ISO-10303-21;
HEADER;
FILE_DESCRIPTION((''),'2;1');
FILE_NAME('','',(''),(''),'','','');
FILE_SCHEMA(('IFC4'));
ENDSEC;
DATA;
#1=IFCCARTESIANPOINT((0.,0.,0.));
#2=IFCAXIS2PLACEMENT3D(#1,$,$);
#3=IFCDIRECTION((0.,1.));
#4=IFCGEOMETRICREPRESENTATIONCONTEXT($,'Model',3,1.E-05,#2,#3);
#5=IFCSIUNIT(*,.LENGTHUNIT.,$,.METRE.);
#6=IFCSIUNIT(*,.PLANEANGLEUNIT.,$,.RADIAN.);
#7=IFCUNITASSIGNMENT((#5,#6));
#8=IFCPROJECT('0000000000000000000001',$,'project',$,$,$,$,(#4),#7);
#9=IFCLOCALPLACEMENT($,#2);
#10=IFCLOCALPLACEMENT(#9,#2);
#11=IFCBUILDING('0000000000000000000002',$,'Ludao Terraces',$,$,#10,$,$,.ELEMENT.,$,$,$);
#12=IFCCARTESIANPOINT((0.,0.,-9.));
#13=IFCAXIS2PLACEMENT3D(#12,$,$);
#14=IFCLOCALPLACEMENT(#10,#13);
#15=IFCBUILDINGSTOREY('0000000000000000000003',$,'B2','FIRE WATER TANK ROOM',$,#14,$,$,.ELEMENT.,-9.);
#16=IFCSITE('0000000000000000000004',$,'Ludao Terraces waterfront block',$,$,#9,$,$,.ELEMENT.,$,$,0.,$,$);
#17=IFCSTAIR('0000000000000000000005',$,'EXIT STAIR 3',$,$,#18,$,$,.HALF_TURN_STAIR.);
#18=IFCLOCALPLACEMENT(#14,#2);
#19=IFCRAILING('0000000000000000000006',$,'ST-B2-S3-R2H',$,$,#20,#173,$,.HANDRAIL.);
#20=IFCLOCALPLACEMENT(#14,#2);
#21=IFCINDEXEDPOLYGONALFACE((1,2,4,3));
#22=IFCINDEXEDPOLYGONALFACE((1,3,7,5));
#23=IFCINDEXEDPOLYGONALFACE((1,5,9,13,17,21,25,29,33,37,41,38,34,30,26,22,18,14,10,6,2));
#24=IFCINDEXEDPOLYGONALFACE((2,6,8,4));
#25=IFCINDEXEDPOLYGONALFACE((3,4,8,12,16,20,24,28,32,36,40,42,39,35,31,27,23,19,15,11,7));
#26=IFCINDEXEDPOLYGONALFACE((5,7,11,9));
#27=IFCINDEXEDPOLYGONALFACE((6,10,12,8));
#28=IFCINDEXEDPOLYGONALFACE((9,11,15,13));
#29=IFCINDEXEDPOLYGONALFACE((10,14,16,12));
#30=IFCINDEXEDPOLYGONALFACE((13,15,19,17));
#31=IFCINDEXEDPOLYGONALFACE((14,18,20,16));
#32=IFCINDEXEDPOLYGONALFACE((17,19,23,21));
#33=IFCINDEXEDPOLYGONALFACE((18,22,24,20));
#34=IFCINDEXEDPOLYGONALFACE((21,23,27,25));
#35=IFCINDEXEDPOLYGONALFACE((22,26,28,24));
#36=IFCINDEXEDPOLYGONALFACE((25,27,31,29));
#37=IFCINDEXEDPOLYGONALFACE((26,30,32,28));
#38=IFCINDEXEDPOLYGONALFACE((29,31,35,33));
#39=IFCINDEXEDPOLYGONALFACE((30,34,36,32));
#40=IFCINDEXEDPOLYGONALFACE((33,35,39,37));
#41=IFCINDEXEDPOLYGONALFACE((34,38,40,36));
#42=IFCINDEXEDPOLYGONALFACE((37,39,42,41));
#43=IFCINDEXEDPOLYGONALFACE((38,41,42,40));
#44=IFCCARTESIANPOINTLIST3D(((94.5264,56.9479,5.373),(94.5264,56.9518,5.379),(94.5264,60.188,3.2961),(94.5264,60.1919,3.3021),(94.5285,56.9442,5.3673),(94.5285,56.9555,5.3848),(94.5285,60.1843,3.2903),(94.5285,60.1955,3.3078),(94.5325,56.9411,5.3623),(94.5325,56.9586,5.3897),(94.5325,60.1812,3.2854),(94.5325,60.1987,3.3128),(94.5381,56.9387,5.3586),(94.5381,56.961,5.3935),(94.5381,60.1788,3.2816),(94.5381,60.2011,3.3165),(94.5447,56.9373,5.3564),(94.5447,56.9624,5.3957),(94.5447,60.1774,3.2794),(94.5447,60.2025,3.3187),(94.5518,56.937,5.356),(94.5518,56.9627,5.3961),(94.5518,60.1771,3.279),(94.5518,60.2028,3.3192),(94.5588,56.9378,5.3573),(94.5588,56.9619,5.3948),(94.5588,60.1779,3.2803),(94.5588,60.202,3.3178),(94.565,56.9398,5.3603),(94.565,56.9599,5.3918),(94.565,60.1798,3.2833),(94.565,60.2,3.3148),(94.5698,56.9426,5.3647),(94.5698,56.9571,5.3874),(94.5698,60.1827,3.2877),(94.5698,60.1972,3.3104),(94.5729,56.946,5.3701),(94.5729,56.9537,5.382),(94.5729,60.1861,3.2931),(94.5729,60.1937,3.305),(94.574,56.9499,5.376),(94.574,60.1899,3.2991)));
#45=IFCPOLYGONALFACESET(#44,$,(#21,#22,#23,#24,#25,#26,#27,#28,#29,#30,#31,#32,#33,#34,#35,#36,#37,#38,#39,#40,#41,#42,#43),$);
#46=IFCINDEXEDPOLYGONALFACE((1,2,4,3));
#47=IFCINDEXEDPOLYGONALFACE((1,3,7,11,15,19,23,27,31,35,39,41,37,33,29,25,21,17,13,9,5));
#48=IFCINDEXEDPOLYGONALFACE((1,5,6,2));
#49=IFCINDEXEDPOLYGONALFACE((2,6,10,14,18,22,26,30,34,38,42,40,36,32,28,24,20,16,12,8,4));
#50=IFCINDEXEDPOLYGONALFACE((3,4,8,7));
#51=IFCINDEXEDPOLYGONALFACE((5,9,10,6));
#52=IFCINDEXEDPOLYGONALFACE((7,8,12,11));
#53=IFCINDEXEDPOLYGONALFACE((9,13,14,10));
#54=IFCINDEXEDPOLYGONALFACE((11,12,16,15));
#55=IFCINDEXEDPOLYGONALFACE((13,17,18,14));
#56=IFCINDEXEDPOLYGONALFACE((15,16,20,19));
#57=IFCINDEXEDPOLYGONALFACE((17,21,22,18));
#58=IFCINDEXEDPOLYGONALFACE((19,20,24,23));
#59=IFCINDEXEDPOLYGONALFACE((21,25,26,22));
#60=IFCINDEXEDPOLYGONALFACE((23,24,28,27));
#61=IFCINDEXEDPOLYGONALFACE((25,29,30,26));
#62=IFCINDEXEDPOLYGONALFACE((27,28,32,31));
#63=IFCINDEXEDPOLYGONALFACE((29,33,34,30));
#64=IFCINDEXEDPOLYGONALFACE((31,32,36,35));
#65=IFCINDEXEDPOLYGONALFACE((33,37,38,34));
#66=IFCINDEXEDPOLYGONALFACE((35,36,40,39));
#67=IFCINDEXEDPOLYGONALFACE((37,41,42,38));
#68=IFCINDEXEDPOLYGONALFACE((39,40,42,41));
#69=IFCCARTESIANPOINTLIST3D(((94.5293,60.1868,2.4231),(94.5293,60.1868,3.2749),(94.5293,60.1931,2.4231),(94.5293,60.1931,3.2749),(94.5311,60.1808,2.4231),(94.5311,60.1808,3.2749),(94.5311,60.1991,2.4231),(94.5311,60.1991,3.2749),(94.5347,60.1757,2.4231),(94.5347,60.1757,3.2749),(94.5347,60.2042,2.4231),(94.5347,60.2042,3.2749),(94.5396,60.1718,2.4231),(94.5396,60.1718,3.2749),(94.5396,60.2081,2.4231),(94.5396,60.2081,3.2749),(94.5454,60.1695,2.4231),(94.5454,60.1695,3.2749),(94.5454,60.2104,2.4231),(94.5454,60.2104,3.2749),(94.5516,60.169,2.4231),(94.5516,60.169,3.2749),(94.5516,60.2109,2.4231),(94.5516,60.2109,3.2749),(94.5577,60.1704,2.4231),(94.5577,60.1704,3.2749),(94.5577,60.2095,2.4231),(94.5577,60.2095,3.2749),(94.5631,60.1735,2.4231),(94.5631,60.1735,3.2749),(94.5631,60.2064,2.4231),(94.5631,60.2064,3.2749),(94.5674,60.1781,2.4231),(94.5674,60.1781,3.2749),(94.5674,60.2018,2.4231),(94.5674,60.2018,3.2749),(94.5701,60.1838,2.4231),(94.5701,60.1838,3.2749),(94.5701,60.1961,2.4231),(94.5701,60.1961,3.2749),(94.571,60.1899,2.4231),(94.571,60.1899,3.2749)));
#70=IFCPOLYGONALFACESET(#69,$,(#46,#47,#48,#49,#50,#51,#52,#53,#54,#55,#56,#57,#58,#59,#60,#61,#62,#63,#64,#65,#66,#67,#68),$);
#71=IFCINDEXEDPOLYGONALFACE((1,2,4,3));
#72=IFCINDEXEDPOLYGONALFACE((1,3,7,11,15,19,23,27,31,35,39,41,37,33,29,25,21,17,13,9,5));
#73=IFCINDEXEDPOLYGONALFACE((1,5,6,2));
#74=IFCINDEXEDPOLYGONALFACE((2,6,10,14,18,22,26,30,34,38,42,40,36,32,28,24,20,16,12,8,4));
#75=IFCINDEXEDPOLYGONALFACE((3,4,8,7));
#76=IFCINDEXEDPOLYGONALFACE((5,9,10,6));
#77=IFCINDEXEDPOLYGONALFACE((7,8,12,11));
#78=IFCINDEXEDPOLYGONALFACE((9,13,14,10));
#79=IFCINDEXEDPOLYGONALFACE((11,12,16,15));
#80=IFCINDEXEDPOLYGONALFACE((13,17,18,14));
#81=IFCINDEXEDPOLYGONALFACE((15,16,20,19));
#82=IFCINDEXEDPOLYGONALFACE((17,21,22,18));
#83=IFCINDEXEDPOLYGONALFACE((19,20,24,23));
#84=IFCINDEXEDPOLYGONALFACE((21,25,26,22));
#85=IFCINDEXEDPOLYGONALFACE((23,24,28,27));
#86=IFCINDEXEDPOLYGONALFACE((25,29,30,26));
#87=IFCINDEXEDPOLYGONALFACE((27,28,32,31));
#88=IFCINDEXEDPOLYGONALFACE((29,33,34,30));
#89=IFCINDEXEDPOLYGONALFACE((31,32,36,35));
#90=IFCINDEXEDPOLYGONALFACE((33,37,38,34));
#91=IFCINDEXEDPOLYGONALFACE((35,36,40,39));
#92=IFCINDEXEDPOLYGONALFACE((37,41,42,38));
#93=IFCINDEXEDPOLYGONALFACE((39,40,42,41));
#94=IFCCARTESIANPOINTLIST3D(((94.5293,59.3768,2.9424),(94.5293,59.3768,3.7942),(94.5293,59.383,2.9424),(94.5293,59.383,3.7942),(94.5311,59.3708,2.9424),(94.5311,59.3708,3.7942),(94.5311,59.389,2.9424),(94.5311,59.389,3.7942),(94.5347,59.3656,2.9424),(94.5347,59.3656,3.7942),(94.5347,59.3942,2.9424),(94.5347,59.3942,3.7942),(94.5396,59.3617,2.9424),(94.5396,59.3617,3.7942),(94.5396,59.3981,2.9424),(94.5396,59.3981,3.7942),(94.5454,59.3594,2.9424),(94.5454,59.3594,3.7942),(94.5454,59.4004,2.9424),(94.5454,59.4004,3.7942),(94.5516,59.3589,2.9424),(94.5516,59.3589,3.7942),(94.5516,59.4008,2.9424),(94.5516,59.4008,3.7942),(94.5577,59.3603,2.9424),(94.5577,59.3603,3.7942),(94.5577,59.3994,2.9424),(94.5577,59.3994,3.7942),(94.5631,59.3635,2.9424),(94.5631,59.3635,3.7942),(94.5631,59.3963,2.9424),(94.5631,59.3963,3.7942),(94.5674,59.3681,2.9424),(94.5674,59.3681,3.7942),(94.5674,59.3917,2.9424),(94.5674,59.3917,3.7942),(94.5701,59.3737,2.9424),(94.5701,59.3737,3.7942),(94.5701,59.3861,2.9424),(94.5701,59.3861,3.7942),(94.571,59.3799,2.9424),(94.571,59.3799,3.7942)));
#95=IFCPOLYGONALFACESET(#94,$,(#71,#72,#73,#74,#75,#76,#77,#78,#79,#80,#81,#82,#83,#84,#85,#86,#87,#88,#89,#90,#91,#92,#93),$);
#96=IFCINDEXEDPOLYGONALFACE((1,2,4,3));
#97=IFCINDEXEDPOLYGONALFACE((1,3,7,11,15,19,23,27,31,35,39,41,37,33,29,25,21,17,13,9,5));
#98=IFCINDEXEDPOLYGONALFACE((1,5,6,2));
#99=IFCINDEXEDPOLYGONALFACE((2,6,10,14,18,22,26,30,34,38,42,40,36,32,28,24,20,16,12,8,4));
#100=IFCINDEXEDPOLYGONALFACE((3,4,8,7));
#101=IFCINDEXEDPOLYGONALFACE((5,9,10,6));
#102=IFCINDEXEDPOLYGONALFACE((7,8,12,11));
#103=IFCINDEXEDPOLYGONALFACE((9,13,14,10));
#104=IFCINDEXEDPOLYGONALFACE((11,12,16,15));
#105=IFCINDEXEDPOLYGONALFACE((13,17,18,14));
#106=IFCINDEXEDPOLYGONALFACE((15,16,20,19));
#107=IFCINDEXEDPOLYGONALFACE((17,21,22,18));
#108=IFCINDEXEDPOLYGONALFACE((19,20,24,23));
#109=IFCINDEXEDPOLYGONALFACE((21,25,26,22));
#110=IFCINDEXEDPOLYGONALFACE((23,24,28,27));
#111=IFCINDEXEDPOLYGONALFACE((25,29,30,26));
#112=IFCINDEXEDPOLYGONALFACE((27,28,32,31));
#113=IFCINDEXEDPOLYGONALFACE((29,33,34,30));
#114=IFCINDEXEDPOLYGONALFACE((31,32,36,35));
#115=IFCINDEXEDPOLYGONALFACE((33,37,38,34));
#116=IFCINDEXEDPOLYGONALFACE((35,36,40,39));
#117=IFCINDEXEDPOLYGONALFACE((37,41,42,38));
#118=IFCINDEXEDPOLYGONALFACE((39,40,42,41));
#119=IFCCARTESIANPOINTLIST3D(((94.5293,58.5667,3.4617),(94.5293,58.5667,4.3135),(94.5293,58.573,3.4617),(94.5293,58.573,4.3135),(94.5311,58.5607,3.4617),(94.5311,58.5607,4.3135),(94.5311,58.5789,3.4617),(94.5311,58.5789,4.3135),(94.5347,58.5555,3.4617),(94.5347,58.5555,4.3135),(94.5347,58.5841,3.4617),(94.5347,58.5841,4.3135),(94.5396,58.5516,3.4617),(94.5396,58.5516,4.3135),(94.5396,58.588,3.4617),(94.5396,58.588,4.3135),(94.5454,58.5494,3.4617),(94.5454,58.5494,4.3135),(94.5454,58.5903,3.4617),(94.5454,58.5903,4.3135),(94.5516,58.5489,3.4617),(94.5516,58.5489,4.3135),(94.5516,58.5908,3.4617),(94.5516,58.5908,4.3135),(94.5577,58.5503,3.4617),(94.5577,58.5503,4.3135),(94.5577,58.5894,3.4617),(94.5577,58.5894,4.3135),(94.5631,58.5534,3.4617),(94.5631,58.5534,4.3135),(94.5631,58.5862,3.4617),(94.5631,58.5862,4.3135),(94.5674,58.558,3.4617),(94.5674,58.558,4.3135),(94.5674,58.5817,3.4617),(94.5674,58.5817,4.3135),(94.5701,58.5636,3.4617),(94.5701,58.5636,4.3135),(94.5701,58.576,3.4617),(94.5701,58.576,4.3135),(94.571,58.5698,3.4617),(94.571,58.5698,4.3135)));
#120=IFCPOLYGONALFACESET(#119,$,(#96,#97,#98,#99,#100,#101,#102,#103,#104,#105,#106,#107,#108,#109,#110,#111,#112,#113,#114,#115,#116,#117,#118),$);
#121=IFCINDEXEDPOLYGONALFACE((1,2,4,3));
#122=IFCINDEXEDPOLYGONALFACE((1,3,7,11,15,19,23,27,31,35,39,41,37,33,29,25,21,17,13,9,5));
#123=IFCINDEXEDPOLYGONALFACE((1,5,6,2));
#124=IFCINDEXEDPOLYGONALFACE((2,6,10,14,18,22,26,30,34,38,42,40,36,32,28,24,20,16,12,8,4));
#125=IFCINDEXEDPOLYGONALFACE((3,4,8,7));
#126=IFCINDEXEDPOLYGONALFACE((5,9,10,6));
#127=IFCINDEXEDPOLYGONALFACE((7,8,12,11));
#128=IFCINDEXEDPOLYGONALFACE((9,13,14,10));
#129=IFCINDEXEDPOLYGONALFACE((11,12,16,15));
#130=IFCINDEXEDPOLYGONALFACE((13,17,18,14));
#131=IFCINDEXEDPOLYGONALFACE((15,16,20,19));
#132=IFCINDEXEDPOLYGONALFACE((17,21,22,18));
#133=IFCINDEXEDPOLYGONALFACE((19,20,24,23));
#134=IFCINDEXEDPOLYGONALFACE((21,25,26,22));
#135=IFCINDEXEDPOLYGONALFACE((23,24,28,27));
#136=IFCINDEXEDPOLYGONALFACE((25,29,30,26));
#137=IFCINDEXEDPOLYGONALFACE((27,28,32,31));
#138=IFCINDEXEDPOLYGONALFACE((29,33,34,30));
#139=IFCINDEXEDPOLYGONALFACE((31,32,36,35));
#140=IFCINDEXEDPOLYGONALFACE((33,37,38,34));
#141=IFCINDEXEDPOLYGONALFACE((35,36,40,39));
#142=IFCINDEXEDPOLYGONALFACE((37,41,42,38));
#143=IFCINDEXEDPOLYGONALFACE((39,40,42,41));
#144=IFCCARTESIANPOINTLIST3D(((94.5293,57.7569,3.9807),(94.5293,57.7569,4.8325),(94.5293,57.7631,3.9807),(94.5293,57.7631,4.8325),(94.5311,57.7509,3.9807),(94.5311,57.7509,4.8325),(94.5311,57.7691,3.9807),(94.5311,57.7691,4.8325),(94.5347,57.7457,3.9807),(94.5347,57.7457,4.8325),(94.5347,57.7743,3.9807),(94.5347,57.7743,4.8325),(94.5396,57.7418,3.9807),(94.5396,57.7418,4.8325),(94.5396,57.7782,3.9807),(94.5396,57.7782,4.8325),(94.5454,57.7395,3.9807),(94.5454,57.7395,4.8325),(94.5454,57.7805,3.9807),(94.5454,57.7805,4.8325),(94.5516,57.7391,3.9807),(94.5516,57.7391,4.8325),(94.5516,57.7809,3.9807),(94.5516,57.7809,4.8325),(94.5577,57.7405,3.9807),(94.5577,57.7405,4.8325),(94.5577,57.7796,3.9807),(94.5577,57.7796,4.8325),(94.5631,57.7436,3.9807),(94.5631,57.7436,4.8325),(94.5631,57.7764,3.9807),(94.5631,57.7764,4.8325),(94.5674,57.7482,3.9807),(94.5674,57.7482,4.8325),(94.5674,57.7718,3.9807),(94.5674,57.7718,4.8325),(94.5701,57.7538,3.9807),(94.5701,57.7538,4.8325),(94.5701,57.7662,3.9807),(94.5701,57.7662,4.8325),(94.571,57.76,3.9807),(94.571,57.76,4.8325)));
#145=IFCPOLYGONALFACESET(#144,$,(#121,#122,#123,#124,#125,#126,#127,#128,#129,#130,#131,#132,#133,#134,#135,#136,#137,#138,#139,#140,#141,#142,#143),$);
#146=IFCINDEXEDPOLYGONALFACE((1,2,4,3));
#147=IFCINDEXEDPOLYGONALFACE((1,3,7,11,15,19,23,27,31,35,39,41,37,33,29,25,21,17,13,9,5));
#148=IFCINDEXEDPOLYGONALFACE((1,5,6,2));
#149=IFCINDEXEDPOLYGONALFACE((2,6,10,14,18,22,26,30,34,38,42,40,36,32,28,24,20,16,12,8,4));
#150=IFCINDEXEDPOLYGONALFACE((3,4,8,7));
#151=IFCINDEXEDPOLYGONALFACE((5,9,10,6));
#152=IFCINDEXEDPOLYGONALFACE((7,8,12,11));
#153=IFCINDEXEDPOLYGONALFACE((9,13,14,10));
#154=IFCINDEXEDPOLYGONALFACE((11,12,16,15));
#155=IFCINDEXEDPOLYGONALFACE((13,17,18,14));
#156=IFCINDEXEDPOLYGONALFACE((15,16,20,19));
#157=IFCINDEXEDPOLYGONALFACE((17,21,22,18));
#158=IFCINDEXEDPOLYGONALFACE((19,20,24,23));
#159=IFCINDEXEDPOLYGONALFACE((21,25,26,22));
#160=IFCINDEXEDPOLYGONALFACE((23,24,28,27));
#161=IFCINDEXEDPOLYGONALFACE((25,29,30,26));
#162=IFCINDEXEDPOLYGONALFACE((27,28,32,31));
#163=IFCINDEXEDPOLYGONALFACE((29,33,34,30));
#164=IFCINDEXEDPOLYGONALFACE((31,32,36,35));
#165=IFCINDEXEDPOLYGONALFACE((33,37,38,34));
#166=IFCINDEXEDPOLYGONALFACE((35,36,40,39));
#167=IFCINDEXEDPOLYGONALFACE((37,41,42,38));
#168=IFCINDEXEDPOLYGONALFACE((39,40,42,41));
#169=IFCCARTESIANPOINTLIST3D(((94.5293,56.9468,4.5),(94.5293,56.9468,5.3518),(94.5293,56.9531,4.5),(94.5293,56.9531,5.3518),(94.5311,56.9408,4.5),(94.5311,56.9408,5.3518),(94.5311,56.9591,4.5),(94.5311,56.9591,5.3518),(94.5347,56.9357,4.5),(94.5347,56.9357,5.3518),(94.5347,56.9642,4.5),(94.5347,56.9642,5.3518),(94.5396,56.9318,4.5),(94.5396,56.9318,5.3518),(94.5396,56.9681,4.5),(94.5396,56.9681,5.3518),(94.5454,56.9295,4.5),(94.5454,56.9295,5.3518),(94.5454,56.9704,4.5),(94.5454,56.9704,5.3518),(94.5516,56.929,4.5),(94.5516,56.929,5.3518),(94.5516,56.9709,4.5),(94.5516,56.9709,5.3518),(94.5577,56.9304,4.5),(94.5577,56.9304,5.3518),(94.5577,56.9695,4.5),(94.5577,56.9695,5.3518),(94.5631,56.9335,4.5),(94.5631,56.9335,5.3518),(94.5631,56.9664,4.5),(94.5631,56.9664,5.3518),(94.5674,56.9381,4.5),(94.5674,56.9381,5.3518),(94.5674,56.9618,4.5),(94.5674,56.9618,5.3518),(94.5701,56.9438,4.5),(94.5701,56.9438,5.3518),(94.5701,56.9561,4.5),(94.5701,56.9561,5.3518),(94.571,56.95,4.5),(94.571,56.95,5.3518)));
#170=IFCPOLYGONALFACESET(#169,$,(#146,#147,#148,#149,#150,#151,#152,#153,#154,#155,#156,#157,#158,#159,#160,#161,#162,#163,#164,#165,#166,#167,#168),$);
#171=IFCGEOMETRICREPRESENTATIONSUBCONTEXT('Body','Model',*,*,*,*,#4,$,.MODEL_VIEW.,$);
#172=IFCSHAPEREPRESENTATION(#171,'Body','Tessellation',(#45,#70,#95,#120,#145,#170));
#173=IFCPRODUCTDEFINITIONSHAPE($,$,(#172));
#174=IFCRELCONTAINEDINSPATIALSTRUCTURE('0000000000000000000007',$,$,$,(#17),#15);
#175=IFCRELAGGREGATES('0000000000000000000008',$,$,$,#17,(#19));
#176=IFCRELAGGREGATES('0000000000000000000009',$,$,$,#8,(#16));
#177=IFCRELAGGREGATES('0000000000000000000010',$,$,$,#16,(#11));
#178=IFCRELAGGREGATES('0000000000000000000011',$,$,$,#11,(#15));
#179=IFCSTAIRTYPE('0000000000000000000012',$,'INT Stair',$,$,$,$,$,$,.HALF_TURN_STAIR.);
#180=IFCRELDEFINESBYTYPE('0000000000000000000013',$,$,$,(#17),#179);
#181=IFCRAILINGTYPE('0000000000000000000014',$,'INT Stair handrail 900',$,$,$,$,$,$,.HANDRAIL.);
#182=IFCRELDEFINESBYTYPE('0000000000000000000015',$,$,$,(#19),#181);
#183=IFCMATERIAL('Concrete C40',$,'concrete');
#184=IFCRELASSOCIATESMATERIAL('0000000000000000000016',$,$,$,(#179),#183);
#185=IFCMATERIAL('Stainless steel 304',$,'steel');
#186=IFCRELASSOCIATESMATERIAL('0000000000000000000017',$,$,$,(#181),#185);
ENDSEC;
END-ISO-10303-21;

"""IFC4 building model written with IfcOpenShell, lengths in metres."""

from ifc_helpers import new_model, si_unit, direction, frame, origin, origin_2d, place, context, subcontext, project, spatial, circle, extrude, material, type_object, element, aggregate, save


model = new_model("IFC4")

# Units and contexts
model_context = context("Model", 3, precision=1e-05, world=origin(), true_north=direction((0.0, 1.0)))
body_context = subcontext(model_context, "Body", "Model", "MODEL_VIEW")
ifc_project = project(units=[si_unit("LENGTHUNIT", "METRE"), si_unit("PLANEANGLEUNIT", "RADIAN")], contexts=[model_context])

# Site, building, storey
site_placement = place(None, origin())
site = spatial("IfcSite", under=ifc_project, at=site_placement, Name="Ludao Terraces waterfront block", CompositionType="ELEMENT", RefElevation=0.0)
building_placement = place(site_placement, origin())
building = spatial("IfcBuilding", under=site, at=building_placement, Name="Ludao Terraces", CompositionType="ELEMENT")
storey_placement = place(building_placement, frame((0.0, 0.0, -9.0)))
storey = spatial("IfcBuildingStorey", under=building, at=storey_placement, Name="B2", Description="FIRE WATER TANK ROOM", CompositionType="ELEMENT", Elevation=-9.0)

# Shared definitions
ifc_material_1 = material(Name="Concrete C40", Category="concrete")

# Stair, railing
stair_type = type_object("IfcStairType", Name="INT Stair", PredefinedType="HALF_TURN_STAIR", material=ifc_material_1)
stair_placement = place(storey_placement, origin())
stair = element("IfcStair", 1, at=stair_placement, inside=storey, type_object=stair_type, Name="EXIT STAIR 3", PredefinedType="HALF_TURN_STAIR")
ifc_material_2 = material(Name="Stainless steel 304", Category="steel")
railing_type_1 = type_object("IfcRailingType", Name="INT Stair handrail 900", PredefinedType="HANDRAIL", material=ifc_material_2)
railing_1_placement = place(storey_placement, frame((94.55, 60.1899, 2.4231)))
railing_1 = element("IfcRailing", 2, at=railing_1_placement, type_object=railing_type_1, Name="ST-B2-S3-R2H", PredefinedType="HANDRAIL", context=body_context, shape_type="SweptSolid", body=[
    extrude(circle(Radius=0.0239, at=origin_2d()), frame((0.0, 0.0, 0.876), z_axis=(0.0, -0.841881, 0.539664), x_axis=(1.0, 0.0, 0.0)), (0.0, 0.0, 1.0), 3.8486),
    extrude(circle(Radius=0.021, at=origin_2d()), origin(), (0.0, 0.0, 1.0), 0.8518),
    extrude(circle(Radius=0.021, at=origin_2d()), frame((0.0, -0.8101, 0.5193)), (0.0, 0.0, 1.0), 0.8518),
    extrude(circle(Radius=0.021, at=origin_2d()), frame((0.0, -1.6201, 1.0386)), (0.0, 0.0, 1.0), 0.8518),
    extrude(circle(Radius=0.021, at=origin_2d()), frame((0.0, -2.4299, 1.5576)), (0.0, 0.0, 1.0), 0.8518),
    extrude(circle(Radius=0.021, at=origin_2d()), frame((0.0, -3.24, 2.0769)), (0.0, 0.0, 1.0), 0.8518),
])
aggregate(stair, [railing_1])

save(model, "model.ifc")
